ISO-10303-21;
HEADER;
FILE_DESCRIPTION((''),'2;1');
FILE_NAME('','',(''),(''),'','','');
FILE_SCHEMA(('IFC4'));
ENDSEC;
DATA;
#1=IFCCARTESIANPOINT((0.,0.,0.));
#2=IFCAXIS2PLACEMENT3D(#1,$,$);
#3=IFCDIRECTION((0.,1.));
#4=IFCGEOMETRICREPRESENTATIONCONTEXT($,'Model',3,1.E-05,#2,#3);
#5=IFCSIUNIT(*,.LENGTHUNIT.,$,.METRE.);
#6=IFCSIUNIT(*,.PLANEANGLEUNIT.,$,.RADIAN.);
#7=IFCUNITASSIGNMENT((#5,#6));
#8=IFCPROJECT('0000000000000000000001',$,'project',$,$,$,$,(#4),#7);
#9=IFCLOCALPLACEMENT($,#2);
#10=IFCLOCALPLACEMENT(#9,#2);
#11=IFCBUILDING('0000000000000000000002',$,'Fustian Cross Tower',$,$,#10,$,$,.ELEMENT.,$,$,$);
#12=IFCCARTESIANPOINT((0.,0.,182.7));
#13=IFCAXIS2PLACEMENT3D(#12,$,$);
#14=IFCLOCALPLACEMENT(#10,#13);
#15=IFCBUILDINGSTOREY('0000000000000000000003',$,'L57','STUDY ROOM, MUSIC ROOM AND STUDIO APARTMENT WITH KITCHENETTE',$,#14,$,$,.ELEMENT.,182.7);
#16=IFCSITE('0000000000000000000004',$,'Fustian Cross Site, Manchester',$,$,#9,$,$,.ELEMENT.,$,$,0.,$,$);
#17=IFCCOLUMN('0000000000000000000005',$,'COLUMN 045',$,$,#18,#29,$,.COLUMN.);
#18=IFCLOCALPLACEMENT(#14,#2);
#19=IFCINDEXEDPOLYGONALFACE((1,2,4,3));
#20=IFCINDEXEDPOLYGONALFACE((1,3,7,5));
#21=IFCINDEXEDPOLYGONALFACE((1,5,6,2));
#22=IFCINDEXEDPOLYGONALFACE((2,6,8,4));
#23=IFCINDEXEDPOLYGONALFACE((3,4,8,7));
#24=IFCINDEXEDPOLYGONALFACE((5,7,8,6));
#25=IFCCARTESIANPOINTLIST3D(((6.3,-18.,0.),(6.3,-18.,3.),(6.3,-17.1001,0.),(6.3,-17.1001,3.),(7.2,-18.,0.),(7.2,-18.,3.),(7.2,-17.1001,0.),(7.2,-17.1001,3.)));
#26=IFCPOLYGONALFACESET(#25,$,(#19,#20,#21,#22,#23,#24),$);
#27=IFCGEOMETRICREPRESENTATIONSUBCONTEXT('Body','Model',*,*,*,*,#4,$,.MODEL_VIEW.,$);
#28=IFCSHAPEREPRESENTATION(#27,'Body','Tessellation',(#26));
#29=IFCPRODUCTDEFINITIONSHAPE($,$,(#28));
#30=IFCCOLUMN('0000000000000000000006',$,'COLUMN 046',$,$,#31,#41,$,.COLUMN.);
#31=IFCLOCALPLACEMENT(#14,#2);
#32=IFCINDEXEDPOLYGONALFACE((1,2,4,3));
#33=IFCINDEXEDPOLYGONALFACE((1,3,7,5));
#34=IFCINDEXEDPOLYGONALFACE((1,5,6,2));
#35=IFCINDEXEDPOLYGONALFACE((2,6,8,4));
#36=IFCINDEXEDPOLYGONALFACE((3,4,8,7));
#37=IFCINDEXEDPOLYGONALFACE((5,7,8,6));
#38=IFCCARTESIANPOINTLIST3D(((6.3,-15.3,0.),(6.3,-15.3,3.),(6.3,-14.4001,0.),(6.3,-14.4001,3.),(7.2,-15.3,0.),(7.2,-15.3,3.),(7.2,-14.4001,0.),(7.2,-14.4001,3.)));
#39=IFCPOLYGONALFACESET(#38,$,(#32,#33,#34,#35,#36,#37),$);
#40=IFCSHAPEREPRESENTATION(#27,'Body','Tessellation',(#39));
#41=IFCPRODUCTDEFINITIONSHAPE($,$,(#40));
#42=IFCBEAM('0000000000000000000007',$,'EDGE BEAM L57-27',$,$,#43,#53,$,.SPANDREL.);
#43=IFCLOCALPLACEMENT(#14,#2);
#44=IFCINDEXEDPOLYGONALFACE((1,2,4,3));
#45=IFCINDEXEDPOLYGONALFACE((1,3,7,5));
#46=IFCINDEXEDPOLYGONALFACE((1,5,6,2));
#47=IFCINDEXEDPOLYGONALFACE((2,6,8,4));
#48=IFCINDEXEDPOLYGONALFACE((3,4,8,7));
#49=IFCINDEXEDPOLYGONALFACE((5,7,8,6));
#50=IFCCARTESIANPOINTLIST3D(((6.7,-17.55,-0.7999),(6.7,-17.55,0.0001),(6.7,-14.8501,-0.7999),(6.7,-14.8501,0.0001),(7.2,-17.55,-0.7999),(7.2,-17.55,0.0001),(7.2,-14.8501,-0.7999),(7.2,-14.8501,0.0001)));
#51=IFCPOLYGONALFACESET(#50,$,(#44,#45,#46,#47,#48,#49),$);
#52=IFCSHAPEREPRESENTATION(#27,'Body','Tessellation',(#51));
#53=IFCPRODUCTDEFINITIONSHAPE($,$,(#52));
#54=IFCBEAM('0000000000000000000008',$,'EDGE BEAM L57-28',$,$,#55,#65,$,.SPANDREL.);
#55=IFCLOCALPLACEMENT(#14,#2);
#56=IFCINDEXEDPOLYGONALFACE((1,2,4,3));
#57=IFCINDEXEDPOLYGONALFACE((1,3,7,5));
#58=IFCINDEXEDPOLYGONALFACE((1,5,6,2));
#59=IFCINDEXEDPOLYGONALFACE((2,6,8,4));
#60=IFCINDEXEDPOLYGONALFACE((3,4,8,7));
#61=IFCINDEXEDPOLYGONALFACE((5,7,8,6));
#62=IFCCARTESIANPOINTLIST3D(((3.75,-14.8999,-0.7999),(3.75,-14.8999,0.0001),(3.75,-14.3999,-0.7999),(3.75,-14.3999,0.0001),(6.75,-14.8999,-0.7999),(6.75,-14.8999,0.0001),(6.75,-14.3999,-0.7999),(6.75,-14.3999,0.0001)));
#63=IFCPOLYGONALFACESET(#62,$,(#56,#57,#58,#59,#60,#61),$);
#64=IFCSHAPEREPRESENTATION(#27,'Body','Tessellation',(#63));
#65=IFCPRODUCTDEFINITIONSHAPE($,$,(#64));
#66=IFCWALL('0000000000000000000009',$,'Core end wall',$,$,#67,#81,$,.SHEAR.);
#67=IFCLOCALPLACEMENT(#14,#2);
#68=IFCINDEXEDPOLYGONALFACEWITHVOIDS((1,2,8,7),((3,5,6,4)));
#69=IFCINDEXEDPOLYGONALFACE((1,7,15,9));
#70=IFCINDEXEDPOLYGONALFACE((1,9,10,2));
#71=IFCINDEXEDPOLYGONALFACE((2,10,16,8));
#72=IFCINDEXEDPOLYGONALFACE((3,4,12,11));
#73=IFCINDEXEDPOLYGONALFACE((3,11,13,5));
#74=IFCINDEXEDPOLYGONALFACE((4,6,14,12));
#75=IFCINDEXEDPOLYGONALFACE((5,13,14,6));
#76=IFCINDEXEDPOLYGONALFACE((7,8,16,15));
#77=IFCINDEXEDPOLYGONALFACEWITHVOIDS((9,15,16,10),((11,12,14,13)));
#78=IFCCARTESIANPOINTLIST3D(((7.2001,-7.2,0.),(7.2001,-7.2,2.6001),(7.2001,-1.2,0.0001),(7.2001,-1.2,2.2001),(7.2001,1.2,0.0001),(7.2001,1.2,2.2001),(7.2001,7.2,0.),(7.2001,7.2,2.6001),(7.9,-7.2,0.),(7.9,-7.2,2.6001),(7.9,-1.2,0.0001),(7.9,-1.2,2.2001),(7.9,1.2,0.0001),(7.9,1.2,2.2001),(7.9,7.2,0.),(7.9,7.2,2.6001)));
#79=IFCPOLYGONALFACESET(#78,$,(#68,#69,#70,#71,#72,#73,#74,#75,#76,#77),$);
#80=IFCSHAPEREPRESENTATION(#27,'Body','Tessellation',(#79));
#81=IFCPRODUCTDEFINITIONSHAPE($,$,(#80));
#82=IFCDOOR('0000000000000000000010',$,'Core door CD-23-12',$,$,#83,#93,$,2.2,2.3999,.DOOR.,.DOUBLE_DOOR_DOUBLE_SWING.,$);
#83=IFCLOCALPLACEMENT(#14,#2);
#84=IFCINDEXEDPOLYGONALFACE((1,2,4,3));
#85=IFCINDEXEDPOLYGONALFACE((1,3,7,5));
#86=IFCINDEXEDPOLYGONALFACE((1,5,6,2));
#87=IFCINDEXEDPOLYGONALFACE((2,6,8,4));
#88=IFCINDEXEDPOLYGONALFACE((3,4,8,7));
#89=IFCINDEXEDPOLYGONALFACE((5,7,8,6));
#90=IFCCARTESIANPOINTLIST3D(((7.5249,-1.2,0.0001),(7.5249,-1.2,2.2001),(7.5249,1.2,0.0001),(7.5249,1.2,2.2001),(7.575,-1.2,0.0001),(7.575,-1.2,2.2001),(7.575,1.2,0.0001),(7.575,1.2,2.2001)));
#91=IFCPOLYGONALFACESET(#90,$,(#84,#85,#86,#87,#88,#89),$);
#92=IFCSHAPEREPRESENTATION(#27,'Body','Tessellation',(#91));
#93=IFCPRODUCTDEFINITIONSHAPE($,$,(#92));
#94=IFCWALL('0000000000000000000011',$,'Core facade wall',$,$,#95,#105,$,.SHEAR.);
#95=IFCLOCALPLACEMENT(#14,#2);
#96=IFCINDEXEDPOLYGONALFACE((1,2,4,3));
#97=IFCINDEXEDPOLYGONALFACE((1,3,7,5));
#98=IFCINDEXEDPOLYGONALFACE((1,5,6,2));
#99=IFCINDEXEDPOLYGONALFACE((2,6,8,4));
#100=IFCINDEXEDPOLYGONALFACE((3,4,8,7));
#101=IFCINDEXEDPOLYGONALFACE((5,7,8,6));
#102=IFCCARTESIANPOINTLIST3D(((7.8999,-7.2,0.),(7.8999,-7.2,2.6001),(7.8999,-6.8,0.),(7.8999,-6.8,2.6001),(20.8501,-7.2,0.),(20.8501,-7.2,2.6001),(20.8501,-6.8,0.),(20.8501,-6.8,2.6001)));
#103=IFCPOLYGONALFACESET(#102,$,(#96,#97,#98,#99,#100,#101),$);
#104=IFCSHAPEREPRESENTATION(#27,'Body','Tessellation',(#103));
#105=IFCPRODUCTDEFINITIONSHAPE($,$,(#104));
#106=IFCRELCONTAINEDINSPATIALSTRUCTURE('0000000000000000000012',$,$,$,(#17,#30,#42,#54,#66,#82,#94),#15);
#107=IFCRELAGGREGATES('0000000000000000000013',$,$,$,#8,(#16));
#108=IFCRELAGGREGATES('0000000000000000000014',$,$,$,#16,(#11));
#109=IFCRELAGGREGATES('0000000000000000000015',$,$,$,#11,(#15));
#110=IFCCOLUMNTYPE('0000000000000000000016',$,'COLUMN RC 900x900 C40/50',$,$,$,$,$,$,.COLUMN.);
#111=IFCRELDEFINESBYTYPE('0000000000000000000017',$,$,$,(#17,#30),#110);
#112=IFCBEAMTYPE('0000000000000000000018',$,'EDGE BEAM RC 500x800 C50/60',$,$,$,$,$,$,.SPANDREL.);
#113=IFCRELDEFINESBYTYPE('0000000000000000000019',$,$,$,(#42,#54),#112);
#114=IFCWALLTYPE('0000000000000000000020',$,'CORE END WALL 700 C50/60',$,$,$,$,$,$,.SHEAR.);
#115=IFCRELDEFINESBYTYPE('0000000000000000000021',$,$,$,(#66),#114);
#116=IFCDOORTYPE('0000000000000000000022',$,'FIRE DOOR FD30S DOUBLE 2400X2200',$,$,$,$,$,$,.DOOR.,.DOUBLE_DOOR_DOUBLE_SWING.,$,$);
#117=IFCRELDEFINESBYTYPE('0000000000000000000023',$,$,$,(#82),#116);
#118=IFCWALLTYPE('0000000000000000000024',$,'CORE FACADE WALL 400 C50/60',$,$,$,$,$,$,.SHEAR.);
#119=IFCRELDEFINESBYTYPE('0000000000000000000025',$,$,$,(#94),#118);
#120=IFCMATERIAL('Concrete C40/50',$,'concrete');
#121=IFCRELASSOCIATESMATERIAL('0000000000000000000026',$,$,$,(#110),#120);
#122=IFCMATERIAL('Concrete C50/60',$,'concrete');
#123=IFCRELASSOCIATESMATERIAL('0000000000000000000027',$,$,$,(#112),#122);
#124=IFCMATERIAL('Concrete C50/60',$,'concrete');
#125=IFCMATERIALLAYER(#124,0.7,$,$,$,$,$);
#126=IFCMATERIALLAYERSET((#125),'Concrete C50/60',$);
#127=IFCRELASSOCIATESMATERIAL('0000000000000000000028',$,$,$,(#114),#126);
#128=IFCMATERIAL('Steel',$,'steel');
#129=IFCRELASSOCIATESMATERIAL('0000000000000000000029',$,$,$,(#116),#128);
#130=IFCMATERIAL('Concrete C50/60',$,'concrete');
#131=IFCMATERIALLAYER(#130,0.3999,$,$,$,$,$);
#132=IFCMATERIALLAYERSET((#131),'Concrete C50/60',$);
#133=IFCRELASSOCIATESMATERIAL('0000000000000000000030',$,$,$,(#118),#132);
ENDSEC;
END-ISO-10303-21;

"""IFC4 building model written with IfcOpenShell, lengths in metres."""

from ifc_helpers import new_model, si_unit, direction, frame, frame_2d, origin, origin_2d, place, context, subcontext, project, spatial, rectangle, extrude, material, layer, layer_set, material_profile, profile_set, type_object, element, fill, save


model = new_model("IFC4")

# Units and contexts
model_context = context("Model", 3, precision=1e-05, world=origin(), true_north=direction((0.0, 1.0)))
body_context = subcontext(model_context, "Body", "Model", "MODEL_VIEW")
ifc_project = project(units=[si_unit("LENGTHUNIT", "METRE"), si_unit("PLANEANGLEUNIT", "RADIAN")], contexts=[model_context])

# Site, building, storey
site_placement = place(None, origin())
site = spatial("IfcSite", under=ifc_project, at=site_placement, Name="Fustian Cross Site, Manchester", CompositionType="ELEMENT", RefElevation=0.0)
building_placement = place(site_placement, origin())
building = spatial("IfcBuilding", under=site, at=building_placement, Name="Fustian Cross Tower", CompositionType="ELEMENT")
storey_placement = place(building_placement, frame((0.0, 0.0, 182.7)))
storey = spatial("IfcBuildingStorey", under=building, at=storey_placement, Name="L57", Description="STUDY ROOM, MUSIC ROOM AND STUDIO APARTMENT WITH KITCHENETTE", CompositionType="ELEMENT", Elevation=182.7)

# Columns
ifc_material_1 = material(Name="Concrete C40/50", Category="concrete")
ifc_material_profile_1 = material_profile(ifc_material_1, rectangle(XDim=0.8999, YDim=0.8999, at=origin_2d()), Name="RC 900x900")
ifc_profile_set_1 = profile_set([ifc_material_profile_1], Name="Concrete C40/50")
column_type = type_object("IfcColumnType", Name="COLUMN RC 900x900 C40/50", PredefinedType="COLUMN", material=ifc_profile_set_1)
for number, where, z_axis, x_axis, name in (
    (1, (6.75, -17.55, 0.0), (0.0, 0.0, 1.0), (1.0, 0.0, 0.0), "COLUMN 045"),
    (2, (6.75, -14.8501, 0.0), (0.0, 0.0, 1.0), (1.0, 0.0, 0.0), "COLUMN 046"),
):
    element("IfcColumn", number, at=place(storey_placement, frame(where, z_axis=z_axis, x_axis=x_axis)), inside=storey, type_object=column_type, Name=name, PredefinedType="COLUMN", context=body_context, shape_type="SweptSolid", body=[
        extrude(rectangle(XDim=0.8999, YDim=0.8999, at=origin_2d()), origin(), (0.0, 0.0, 1.0), 3.0),
    ])

# Beams
ifc_material_2 = material(Name="Concrete C50/60", Category="concrete")
ifc_material_profile_2 = material_profile(ifc_material_2, rectangle(XDim=0.5, YDim=0.8, at=origin_2d()), Name="RC 500x800")
ifc_profile_set_2 = profile_set([ifc_material_profile_2], Name="Concrete C50/60")
beam_type = type_object("IfcBeamType", Name="EDGE BEAM RC 500x800 C50/60", PredefinedType="SPANDREL", material=ifc_profile_set_2)
beam_1_placement = place(storey_placement, frame((6.95, -17.55, -0.3999), z_axis=(0.0, 1.0, 0.0), x_axis=(-1.0, 0.0, 0.0)))
element("IfcBeam", 3, at=beam_1_placement, inside=storey, type_object=beam_type, Name="EDGE BEAM L57-27", PredefinedType="SPANDREL", context=body_context, shape_type="SweptSolid", body=[
    extrude(rectangle(XDim=0.5, YDim=0.8, at=origin_2d()), origin(), (0.0, 0.0, 1.0), 2.7),
])
beam_2_placement = place(storey_placement, frame((6.75, -14.6499, -0.3999), z_axis=(-1.0, 0.0, 0.0), x_axis=(0.0, -1.0, 0.0)))
element("IfcBeam", 4, at=beam_2_placement, inside=storey, type_object=beam_type, Name="EDGE BEAM L57-28", PredefinedType="SPANDREL", context=body_context, shape_type="SweptSolid", body=[
    extrude(rectangle(XDim=0.5, YDim=0.8, at=origin_2d()), origin(), (0.0, 0.0, 1.0), 3.0),
])

# Wall, opening, door
ifc_material_3 = material(Name="Concrete C50/60", Category="concrete")
ifc_layer_1 = layer(ifc_material_3, 0.7)
ifc_layer_set_1 = layer_set([ifc_layer_1], Name="Concrete C50/60")
wall_type_1 = type_object("IfcWallType", Name="CORE END WALL 700 C50/60", PredefinedType="SHEAR", material=ifc_layer_set_1)
wall_1_placement = place(storey_placement, frame((7.55, -7.2, 0.0), z_axis=(0.0, 0.0, 1.0), x_axis=(0.0, 1.0, 0.0)))
wall_1 = element("IfcWall", 5, at=wall_1_placement, inside=storey, type_object=wall_type_1, Name="Core end wall", PredefinedType="SHEAR", context=body_context, shape_type="SweptSolid", body=[
    extrude(rectangle(XDim=14.3999, YDim=0.7, at=frame_2d((7.2, 0.0))), origin(), (0.0, 0.0, 1.0), 2.6001),
])
opening_1_placement = place(wall_1_placement, frame((6.0, 0.0, 0.0)))
opening_1 = element("IfcOpeningElement", 6, at=opening_1_placement, cuts=wall_1, PredefinedType="OPENING", context=body_context, shape_type="SweptSolid", body=[
    extrude(rectangle(XDim=2.3999, YDim=2.2, at=frame_2d((1.2, 1.1001))), frame((0.0, 0.3599, 0.0), z_axis=(0.0, -1.0, 0.0), x_axis=(1.0, 0.0, 0.0)), (0.0, 0.0, 1.0), 0.72),
])
ifc_material_4 = material(Name="Steel", Category="steel")
door_type_1 = type_object("IfcDoorType", Name="FIRE DOOR FD30S DOUBLE 2400X2200", OperationType="DOUBLE_DOOR_DOUBLE_SWING", PredefinedType="DOOR", material=ifc_material_4)
door_1_placement = place(opening_1_placement, frame((2.3999, 0.0, 0.0), z_axis=(0.0, 0.0, 1.0), x_axis=(-1.0, 0.0, 0.0)))
door_1 = element("IfcDoor", 7, at=door_1_placement, inside=storey, type_object=door_type_1, Name="Core door CD-23-12", OperationType="DOUBLE_DOOR_DOUBLE_SWING", OverallHeight=2.2, OverallWidth=2.3999, PredefinedType="DOOR", context=body_context, shape_type="SweptSolid", body=[
    extrude(rectangle(XDim=2.3999, YDim=2.2, at=frame_2d((1.2, 1.1001))), frame((0.0, 0.0249, 0.0), z_axis=(0.0, -1.0, 0.0), x_axis=(1.0, 0.0, 0.0)), (0.0, 0.0, 1.0), 0.05),
])
fill(opening_1, door_1)

# Wall
ifc_material_5 = material(Name="Concrete C50/60", Category="concrete")
ifc_layer_2 = layer(ifc_material_5, 0.3999)
ifc_layer_set_2 = layer_set([ifc_layer_2], Name="Concrete C50/60")
wall_type_2 = type_object("IfcWallType", Name="CORE FACADE WALL 400 C50/60", PredefinedType="SHEAR", material=ifc_layer_set_2)
wall_2_placement = place(storey_placement, frame((7.8999, -7.0, 0.0), z_axis=(0.0, 0.0, 1.0), x_axis=(1.0, 0.0, 0.0)))
element("IfcWall", 8, at=wall_2_placement, inside=storey, type_object=wall_type_2, Name="Core facade wall", PredefinedType="SHEAR", context=body_context, shape_type="SweptSolid", body=[
    extrude(rectangle(XDim=12.9502, YDim=0.3999, at=frame_2d((6.4751, 0.0))), origin(), (0.0, 0.0, 1.0), 2.6001),
])

save(model, "model.ifc")
